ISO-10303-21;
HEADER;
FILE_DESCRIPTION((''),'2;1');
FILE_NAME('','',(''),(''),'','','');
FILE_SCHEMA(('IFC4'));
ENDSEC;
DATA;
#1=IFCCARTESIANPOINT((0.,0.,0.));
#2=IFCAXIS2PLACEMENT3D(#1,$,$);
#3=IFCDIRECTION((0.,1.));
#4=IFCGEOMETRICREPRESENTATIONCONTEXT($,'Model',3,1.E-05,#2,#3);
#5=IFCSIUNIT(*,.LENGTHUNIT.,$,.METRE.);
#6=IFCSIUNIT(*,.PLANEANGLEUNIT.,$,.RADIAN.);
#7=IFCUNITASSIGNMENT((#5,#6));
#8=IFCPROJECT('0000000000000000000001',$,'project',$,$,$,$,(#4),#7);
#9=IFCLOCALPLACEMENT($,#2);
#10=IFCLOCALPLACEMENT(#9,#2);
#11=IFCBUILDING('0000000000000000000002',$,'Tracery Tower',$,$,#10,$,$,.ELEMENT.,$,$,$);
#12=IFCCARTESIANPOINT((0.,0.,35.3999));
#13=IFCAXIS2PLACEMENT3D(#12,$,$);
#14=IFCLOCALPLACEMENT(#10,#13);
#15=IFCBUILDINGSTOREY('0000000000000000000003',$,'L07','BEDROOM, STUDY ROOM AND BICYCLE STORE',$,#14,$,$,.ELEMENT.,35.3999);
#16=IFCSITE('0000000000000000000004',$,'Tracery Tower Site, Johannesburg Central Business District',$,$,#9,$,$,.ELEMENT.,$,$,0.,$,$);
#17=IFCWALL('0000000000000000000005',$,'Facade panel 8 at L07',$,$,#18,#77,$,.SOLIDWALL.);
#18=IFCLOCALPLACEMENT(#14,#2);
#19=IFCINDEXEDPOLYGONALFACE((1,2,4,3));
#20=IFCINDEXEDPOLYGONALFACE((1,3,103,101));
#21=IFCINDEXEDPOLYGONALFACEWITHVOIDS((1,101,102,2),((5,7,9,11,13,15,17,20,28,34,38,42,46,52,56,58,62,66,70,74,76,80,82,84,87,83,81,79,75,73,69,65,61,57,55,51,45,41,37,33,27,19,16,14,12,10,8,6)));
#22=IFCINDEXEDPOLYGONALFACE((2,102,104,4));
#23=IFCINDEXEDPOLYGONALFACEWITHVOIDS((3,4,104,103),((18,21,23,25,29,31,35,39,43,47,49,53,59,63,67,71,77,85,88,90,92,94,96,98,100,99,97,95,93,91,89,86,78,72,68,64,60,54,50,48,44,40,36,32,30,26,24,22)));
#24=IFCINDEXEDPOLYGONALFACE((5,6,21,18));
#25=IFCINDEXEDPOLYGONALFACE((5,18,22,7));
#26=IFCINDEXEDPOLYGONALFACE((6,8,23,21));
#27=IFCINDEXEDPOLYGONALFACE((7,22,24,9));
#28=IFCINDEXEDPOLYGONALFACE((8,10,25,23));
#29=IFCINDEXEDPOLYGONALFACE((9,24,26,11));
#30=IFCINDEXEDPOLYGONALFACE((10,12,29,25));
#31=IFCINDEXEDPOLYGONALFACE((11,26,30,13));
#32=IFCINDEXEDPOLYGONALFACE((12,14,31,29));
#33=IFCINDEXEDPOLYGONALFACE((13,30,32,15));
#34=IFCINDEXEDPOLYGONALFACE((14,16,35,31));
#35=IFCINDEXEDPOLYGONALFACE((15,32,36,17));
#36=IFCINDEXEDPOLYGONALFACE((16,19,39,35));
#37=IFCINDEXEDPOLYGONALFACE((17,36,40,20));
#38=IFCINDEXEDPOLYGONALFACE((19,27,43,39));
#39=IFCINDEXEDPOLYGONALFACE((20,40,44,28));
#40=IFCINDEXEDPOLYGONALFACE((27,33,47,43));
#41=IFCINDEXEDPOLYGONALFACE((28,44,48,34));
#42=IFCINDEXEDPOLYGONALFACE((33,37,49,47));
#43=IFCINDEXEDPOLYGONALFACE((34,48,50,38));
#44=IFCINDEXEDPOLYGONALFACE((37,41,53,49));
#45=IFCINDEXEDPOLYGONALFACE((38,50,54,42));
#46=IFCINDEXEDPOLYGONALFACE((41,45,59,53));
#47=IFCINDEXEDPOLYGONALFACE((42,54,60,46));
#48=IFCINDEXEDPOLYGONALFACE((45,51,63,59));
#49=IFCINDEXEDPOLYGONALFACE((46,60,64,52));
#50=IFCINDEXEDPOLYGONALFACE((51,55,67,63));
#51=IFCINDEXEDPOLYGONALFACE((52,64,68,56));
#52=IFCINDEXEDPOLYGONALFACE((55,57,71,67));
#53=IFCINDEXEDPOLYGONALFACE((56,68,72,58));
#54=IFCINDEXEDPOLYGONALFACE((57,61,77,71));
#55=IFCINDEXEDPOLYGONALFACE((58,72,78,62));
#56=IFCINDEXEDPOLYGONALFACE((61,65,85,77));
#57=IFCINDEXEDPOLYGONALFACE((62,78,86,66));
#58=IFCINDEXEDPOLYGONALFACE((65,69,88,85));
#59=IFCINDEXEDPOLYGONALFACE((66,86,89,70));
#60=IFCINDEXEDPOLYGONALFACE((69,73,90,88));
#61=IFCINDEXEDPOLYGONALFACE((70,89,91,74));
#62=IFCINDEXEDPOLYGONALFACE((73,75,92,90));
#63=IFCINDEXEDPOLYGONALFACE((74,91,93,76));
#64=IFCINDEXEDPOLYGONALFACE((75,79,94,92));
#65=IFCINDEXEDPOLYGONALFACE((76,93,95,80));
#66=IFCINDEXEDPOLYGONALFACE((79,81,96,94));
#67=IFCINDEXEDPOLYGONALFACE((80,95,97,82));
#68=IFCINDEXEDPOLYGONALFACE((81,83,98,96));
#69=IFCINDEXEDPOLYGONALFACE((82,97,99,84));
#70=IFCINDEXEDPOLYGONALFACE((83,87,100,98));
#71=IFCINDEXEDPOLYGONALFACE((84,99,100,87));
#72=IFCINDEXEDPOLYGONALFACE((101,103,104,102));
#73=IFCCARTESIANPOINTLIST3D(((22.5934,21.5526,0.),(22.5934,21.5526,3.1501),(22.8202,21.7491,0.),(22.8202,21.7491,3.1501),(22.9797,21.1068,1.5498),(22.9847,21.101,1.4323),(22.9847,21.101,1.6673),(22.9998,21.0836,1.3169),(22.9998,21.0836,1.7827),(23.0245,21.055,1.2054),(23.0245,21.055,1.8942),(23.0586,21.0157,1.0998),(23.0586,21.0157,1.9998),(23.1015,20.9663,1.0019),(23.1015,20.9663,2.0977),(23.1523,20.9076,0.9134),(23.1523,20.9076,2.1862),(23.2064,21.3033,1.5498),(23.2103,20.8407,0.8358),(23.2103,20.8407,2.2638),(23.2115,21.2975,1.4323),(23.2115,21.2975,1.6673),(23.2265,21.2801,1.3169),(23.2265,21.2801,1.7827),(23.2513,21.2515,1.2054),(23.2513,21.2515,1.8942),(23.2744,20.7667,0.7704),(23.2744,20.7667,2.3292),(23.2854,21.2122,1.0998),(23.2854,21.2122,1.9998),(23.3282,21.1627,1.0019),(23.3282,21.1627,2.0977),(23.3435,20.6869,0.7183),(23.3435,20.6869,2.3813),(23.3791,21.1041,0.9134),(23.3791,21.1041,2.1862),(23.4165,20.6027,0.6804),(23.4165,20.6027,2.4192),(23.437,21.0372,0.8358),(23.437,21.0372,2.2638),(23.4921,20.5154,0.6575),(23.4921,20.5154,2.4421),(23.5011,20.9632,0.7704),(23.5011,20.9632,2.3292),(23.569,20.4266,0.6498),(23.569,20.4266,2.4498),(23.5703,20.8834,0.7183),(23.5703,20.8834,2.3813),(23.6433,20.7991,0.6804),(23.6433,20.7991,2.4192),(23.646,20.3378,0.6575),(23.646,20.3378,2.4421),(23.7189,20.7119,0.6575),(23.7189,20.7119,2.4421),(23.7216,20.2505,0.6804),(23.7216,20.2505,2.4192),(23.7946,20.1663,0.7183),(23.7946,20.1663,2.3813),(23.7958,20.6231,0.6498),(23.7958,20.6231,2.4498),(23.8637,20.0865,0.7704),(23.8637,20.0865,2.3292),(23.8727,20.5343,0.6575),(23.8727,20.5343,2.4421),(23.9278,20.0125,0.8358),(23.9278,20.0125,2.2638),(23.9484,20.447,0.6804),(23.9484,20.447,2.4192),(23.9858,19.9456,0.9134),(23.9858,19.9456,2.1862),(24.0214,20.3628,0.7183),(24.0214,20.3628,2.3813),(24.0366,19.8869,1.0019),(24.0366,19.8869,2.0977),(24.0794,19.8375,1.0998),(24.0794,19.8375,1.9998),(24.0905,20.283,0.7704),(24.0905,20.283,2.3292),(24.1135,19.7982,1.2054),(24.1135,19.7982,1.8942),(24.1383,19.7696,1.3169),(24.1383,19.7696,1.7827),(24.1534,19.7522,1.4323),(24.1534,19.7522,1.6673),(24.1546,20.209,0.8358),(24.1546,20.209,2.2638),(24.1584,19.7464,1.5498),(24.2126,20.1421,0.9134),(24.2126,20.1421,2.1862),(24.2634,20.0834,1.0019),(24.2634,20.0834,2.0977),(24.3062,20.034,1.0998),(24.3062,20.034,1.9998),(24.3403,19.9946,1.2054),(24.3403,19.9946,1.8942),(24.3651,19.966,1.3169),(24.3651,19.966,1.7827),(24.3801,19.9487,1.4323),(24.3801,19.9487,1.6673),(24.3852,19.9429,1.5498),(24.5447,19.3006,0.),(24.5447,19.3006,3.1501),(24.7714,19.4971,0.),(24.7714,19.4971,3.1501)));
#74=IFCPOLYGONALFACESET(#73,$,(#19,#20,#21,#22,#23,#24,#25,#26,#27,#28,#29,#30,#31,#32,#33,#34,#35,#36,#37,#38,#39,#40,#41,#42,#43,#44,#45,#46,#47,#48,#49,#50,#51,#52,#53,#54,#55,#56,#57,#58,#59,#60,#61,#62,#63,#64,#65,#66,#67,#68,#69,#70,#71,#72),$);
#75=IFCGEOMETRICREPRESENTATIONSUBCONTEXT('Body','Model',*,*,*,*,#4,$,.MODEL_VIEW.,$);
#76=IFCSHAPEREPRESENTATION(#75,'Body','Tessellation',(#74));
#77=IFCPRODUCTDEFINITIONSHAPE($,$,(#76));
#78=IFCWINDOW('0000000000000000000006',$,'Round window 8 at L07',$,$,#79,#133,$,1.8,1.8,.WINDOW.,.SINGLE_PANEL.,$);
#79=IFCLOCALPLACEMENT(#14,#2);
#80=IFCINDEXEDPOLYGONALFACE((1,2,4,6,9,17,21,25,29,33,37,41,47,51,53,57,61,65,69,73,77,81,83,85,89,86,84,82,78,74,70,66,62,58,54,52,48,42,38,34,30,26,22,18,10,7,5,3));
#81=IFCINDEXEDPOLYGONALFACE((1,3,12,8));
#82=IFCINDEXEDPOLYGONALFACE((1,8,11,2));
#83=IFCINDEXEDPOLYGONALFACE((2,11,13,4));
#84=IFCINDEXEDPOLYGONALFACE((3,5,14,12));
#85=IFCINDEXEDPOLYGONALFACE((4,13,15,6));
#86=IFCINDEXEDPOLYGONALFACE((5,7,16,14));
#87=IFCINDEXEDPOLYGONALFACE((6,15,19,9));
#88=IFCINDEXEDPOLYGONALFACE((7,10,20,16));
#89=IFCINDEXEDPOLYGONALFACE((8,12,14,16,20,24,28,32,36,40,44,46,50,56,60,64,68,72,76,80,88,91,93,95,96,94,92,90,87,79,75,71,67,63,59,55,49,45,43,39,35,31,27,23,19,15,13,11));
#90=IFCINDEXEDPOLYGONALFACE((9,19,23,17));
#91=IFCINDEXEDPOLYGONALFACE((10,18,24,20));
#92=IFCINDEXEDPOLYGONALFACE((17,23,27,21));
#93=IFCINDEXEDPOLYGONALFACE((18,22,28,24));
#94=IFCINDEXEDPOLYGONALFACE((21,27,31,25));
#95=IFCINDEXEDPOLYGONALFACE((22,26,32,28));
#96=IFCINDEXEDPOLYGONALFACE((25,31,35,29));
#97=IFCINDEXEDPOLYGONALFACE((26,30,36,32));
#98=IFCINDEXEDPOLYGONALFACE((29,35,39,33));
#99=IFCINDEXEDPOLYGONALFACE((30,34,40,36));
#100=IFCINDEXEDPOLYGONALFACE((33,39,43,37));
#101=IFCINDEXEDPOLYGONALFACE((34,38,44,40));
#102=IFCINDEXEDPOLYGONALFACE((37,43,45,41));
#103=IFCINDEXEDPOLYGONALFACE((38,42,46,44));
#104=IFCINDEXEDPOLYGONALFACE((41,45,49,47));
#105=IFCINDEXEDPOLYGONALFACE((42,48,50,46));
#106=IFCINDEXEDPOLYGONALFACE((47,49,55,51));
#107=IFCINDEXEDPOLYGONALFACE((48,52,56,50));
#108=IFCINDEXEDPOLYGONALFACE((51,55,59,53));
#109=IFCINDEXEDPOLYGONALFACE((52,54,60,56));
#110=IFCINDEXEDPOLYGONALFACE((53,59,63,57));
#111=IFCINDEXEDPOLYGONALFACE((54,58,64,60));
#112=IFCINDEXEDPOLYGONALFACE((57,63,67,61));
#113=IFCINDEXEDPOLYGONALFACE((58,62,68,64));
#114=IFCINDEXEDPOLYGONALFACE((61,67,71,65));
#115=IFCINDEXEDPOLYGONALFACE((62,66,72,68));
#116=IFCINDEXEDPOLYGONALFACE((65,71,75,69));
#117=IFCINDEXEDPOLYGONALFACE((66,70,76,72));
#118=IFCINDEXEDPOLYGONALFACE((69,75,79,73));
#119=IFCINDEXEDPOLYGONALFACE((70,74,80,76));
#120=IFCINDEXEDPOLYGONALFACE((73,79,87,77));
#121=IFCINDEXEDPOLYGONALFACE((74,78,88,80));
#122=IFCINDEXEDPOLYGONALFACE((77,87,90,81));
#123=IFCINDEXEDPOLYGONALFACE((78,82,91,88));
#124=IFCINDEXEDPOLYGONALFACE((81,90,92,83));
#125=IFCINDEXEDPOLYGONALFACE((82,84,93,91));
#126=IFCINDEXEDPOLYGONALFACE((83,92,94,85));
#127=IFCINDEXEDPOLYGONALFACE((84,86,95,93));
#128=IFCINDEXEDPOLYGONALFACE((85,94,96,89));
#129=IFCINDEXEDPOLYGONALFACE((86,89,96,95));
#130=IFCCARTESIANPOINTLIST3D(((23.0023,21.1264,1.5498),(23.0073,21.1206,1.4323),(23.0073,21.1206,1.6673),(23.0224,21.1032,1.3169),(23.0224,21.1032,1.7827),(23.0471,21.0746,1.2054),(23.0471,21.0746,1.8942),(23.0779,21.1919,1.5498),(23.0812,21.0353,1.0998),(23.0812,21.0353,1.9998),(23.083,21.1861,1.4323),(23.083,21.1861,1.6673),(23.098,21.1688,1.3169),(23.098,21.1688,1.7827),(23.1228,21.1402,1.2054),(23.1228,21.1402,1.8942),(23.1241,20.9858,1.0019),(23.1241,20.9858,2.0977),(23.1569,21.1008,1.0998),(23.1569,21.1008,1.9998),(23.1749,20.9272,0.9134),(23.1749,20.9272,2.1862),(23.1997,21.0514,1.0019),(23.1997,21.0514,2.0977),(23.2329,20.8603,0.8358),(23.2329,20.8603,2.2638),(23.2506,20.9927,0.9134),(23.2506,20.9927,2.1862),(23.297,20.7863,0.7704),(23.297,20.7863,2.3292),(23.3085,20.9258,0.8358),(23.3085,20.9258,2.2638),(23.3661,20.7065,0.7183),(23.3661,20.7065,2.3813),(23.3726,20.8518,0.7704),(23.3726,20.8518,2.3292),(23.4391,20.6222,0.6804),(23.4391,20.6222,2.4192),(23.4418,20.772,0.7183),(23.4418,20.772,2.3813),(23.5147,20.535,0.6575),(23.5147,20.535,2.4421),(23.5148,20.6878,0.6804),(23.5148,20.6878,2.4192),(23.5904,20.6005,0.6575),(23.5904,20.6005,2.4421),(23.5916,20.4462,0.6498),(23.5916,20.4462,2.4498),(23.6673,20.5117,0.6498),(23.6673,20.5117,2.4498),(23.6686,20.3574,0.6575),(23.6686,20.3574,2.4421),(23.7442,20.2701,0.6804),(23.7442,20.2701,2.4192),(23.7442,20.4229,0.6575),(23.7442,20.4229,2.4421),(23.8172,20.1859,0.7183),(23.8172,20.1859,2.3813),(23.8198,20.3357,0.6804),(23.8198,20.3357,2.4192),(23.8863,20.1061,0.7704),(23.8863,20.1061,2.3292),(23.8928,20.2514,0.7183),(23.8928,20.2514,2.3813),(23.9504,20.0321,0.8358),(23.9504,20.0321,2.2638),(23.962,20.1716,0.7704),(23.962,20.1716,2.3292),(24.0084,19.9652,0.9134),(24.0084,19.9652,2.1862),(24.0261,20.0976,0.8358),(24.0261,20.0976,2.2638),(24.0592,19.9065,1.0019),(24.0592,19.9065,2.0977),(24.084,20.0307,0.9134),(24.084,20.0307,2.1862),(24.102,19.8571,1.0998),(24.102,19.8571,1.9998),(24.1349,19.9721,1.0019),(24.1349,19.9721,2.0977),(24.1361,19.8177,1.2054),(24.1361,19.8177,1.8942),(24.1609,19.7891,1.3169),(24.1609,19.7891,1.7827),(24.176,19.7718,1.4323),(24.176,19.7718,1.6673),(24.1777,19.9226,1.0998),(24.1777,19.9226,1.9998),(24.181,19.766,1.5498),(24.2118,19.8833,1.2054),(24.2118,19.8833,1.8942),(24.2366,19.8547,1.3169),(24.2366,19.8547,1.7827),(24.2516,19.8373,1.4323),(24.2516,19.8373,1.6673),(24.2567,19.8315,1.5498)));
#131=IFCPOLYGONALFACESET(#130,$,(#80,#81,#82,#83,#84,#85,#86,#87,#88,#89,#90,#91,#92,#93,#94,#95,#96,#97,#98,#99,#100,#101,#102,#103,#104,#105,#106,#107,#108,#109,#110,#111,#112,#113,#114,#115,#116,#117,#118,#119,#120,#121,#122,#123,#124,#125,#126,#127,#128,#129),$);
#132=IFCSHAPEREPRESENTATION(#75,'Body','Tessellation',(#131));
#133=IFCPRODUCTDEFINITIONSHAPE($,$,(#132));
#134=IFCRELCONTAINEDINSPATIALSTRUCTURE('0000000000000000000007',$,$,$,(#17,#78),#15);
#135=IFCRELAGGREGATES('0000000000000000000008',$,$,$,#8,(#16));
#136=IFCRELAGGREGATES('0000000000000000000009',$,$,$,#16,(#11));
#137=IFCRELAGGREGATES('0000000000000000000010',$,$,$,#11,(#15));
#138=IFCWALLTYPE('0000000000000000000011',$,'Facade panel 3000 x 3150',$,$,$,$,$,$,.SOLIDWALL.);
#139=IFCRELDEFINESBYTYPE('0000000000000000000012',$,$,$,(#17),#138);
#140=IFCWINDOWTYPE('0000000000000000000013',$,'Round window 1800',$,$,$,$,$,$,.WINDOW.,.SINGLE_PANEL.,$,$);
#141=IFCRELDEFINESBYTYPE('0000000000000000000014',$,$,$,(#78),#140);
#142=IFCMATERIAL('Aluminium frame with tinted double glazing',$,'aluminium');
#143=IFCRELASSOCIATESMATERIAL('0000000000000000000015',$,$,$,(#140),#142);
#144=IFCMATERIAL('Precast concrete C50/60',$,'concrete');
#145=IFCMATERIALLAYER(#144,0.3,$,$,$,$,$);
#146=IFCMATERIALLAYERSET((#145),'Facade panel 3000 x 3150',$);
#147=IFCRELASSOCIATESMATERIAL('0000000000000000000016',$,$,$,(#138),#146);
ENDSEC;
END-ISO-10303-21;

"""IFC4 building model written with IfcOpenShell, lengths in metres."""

from ifc_helpers import new_model, si_unit, direction, frame, frame_2d, origin, origin_2d, place, context, subcontext, project, spatial, rectangle, circle, extrude, material, layer, layer_set, type_object, element, fill, save


model = new_model("IFC4")

# Units and contexts
model_context = context("Model", 3, precision=1e-05, world=origin(), true_north=direction((0.0, 1.0)))
body_context = subcontext(model_context, "Body", "Model", "MODEL_VIEW")
ifc_project = project(units=[si_unit("LENGTHUNIT", "METRE"), si_unit("PLANEANGLEUNIT", "RADIAN")], contexts=[model_context])

# Site, building, storey
site_placement = place(None, origin())
site = spatial("IfcSite", under=ifc_project, at=site_placement, Name="Tracery Tower Site, Johannesburg Central Business District", CompositionType="ELEMENT", RefElevation=0.0)
building_placement = place(site_placement, origin())
building = spatial("IfcBuilding", under=site, at=building_placement, Name="Tracery Tower", CompositionType="ELEMENT")
storey_placement = place(building_placement, frame((0.0, 0.0, 35.3999)))
storey = spatial("IfcBuildingStorey", under=building, at=storey_placement, Name="L07", Description="BEDROOM, STUDY ROOM AND BICYCLE STORE", CompositionType="ELEMENT", Elevation=35.3999)

# Wall, opening, window
ifc_material_1 = material(Name="Aluminium frame with tinted double glazing", Category="aluminium")
window_type = type_object("IfcWindowType", Name="Round window 1800", PartitioningType="SINGLE_PANEL", PredefinedType="WINDOW", material=ifc_material_1)
ifc_material_2 = material(Name="Precast concrete C50/60", Category="concrete")
ifc_layer_1 = layer(ifc_material_2, 0.3)
ifc_layer_set_1 = layer_set([ifc_layer_1], Name="Facade panel 3000 x 3150")
wall_type_1 = type_object("IfcWallType", Name="Facade panel 3000 x 3150", PredefinedType="SOLIDWALL", material=ifc_layer_set_1)
wall_1_placement = place(storey_placement, frame((24.658, 19.3989, 0.0), z_axis=(0.0, 0.0, 1.0), x_axis=(-0.654831, 0.755776, 0.0)))
wall_1 = element("IfcWall", 1, at=wall_1_placement, inside=storey, type_object=wall_type_1, Name="Facade panel 8 at L07", PredefinedType="SOLIDWALL", context=body_context, shape_type="SweptSolid", body=[
    extrude(rectangle(XDim=2.9797, YDim=0.3, at=frame_2d((1.4897, 0.0))), origin(), (0.0, 0.0, 1.0), 3.1501),
])
opening_1_placement = place(wall_1_placement, frame((1.4897, 0.0, 1.5498)))
opening_1 = element("IfcOpeningElement", 2, at=opening_1_placement, cuts=wall_1, PredefinedType="OPENING", context=body_context, shape_type="SweptSolid", body=[
    extrude(circle(Radius=0.9, at=origin_2d()), frame((0.0, 0.1599, 0.0), z_axis=(0.0, -1.0, 0.0), x_axis=(1.0, 0.0, 0.0)), (0.0, 0.0, 1.0), 0.3201),
])
window_1_placement = place(opening_1_placement, origin())
window_1 = element("IfcWindow", 3, at=window_1_placement, inside=storey, type_object=window_type, Name="Round window 8 at L07", OverallHeight=1.8, OverallWidth=1.8, PartitioningType="SINGLE_PANEL", PredefinedType="WINDOW", context=body_context, shape_type="SweptSolid", body=[
    extrude(circle(Radius=0.9, at=origin_2d()), frame((0.0, 0.1201, 0.0), z_axis=(0.0, -1.0, 0.0), x_axis=(1.0, 0.0, 0.0)), (0.0, 0.0, 1.0), 0.1001),
])
fill(opening_1, window_1)

save(model, "model.ifc")
